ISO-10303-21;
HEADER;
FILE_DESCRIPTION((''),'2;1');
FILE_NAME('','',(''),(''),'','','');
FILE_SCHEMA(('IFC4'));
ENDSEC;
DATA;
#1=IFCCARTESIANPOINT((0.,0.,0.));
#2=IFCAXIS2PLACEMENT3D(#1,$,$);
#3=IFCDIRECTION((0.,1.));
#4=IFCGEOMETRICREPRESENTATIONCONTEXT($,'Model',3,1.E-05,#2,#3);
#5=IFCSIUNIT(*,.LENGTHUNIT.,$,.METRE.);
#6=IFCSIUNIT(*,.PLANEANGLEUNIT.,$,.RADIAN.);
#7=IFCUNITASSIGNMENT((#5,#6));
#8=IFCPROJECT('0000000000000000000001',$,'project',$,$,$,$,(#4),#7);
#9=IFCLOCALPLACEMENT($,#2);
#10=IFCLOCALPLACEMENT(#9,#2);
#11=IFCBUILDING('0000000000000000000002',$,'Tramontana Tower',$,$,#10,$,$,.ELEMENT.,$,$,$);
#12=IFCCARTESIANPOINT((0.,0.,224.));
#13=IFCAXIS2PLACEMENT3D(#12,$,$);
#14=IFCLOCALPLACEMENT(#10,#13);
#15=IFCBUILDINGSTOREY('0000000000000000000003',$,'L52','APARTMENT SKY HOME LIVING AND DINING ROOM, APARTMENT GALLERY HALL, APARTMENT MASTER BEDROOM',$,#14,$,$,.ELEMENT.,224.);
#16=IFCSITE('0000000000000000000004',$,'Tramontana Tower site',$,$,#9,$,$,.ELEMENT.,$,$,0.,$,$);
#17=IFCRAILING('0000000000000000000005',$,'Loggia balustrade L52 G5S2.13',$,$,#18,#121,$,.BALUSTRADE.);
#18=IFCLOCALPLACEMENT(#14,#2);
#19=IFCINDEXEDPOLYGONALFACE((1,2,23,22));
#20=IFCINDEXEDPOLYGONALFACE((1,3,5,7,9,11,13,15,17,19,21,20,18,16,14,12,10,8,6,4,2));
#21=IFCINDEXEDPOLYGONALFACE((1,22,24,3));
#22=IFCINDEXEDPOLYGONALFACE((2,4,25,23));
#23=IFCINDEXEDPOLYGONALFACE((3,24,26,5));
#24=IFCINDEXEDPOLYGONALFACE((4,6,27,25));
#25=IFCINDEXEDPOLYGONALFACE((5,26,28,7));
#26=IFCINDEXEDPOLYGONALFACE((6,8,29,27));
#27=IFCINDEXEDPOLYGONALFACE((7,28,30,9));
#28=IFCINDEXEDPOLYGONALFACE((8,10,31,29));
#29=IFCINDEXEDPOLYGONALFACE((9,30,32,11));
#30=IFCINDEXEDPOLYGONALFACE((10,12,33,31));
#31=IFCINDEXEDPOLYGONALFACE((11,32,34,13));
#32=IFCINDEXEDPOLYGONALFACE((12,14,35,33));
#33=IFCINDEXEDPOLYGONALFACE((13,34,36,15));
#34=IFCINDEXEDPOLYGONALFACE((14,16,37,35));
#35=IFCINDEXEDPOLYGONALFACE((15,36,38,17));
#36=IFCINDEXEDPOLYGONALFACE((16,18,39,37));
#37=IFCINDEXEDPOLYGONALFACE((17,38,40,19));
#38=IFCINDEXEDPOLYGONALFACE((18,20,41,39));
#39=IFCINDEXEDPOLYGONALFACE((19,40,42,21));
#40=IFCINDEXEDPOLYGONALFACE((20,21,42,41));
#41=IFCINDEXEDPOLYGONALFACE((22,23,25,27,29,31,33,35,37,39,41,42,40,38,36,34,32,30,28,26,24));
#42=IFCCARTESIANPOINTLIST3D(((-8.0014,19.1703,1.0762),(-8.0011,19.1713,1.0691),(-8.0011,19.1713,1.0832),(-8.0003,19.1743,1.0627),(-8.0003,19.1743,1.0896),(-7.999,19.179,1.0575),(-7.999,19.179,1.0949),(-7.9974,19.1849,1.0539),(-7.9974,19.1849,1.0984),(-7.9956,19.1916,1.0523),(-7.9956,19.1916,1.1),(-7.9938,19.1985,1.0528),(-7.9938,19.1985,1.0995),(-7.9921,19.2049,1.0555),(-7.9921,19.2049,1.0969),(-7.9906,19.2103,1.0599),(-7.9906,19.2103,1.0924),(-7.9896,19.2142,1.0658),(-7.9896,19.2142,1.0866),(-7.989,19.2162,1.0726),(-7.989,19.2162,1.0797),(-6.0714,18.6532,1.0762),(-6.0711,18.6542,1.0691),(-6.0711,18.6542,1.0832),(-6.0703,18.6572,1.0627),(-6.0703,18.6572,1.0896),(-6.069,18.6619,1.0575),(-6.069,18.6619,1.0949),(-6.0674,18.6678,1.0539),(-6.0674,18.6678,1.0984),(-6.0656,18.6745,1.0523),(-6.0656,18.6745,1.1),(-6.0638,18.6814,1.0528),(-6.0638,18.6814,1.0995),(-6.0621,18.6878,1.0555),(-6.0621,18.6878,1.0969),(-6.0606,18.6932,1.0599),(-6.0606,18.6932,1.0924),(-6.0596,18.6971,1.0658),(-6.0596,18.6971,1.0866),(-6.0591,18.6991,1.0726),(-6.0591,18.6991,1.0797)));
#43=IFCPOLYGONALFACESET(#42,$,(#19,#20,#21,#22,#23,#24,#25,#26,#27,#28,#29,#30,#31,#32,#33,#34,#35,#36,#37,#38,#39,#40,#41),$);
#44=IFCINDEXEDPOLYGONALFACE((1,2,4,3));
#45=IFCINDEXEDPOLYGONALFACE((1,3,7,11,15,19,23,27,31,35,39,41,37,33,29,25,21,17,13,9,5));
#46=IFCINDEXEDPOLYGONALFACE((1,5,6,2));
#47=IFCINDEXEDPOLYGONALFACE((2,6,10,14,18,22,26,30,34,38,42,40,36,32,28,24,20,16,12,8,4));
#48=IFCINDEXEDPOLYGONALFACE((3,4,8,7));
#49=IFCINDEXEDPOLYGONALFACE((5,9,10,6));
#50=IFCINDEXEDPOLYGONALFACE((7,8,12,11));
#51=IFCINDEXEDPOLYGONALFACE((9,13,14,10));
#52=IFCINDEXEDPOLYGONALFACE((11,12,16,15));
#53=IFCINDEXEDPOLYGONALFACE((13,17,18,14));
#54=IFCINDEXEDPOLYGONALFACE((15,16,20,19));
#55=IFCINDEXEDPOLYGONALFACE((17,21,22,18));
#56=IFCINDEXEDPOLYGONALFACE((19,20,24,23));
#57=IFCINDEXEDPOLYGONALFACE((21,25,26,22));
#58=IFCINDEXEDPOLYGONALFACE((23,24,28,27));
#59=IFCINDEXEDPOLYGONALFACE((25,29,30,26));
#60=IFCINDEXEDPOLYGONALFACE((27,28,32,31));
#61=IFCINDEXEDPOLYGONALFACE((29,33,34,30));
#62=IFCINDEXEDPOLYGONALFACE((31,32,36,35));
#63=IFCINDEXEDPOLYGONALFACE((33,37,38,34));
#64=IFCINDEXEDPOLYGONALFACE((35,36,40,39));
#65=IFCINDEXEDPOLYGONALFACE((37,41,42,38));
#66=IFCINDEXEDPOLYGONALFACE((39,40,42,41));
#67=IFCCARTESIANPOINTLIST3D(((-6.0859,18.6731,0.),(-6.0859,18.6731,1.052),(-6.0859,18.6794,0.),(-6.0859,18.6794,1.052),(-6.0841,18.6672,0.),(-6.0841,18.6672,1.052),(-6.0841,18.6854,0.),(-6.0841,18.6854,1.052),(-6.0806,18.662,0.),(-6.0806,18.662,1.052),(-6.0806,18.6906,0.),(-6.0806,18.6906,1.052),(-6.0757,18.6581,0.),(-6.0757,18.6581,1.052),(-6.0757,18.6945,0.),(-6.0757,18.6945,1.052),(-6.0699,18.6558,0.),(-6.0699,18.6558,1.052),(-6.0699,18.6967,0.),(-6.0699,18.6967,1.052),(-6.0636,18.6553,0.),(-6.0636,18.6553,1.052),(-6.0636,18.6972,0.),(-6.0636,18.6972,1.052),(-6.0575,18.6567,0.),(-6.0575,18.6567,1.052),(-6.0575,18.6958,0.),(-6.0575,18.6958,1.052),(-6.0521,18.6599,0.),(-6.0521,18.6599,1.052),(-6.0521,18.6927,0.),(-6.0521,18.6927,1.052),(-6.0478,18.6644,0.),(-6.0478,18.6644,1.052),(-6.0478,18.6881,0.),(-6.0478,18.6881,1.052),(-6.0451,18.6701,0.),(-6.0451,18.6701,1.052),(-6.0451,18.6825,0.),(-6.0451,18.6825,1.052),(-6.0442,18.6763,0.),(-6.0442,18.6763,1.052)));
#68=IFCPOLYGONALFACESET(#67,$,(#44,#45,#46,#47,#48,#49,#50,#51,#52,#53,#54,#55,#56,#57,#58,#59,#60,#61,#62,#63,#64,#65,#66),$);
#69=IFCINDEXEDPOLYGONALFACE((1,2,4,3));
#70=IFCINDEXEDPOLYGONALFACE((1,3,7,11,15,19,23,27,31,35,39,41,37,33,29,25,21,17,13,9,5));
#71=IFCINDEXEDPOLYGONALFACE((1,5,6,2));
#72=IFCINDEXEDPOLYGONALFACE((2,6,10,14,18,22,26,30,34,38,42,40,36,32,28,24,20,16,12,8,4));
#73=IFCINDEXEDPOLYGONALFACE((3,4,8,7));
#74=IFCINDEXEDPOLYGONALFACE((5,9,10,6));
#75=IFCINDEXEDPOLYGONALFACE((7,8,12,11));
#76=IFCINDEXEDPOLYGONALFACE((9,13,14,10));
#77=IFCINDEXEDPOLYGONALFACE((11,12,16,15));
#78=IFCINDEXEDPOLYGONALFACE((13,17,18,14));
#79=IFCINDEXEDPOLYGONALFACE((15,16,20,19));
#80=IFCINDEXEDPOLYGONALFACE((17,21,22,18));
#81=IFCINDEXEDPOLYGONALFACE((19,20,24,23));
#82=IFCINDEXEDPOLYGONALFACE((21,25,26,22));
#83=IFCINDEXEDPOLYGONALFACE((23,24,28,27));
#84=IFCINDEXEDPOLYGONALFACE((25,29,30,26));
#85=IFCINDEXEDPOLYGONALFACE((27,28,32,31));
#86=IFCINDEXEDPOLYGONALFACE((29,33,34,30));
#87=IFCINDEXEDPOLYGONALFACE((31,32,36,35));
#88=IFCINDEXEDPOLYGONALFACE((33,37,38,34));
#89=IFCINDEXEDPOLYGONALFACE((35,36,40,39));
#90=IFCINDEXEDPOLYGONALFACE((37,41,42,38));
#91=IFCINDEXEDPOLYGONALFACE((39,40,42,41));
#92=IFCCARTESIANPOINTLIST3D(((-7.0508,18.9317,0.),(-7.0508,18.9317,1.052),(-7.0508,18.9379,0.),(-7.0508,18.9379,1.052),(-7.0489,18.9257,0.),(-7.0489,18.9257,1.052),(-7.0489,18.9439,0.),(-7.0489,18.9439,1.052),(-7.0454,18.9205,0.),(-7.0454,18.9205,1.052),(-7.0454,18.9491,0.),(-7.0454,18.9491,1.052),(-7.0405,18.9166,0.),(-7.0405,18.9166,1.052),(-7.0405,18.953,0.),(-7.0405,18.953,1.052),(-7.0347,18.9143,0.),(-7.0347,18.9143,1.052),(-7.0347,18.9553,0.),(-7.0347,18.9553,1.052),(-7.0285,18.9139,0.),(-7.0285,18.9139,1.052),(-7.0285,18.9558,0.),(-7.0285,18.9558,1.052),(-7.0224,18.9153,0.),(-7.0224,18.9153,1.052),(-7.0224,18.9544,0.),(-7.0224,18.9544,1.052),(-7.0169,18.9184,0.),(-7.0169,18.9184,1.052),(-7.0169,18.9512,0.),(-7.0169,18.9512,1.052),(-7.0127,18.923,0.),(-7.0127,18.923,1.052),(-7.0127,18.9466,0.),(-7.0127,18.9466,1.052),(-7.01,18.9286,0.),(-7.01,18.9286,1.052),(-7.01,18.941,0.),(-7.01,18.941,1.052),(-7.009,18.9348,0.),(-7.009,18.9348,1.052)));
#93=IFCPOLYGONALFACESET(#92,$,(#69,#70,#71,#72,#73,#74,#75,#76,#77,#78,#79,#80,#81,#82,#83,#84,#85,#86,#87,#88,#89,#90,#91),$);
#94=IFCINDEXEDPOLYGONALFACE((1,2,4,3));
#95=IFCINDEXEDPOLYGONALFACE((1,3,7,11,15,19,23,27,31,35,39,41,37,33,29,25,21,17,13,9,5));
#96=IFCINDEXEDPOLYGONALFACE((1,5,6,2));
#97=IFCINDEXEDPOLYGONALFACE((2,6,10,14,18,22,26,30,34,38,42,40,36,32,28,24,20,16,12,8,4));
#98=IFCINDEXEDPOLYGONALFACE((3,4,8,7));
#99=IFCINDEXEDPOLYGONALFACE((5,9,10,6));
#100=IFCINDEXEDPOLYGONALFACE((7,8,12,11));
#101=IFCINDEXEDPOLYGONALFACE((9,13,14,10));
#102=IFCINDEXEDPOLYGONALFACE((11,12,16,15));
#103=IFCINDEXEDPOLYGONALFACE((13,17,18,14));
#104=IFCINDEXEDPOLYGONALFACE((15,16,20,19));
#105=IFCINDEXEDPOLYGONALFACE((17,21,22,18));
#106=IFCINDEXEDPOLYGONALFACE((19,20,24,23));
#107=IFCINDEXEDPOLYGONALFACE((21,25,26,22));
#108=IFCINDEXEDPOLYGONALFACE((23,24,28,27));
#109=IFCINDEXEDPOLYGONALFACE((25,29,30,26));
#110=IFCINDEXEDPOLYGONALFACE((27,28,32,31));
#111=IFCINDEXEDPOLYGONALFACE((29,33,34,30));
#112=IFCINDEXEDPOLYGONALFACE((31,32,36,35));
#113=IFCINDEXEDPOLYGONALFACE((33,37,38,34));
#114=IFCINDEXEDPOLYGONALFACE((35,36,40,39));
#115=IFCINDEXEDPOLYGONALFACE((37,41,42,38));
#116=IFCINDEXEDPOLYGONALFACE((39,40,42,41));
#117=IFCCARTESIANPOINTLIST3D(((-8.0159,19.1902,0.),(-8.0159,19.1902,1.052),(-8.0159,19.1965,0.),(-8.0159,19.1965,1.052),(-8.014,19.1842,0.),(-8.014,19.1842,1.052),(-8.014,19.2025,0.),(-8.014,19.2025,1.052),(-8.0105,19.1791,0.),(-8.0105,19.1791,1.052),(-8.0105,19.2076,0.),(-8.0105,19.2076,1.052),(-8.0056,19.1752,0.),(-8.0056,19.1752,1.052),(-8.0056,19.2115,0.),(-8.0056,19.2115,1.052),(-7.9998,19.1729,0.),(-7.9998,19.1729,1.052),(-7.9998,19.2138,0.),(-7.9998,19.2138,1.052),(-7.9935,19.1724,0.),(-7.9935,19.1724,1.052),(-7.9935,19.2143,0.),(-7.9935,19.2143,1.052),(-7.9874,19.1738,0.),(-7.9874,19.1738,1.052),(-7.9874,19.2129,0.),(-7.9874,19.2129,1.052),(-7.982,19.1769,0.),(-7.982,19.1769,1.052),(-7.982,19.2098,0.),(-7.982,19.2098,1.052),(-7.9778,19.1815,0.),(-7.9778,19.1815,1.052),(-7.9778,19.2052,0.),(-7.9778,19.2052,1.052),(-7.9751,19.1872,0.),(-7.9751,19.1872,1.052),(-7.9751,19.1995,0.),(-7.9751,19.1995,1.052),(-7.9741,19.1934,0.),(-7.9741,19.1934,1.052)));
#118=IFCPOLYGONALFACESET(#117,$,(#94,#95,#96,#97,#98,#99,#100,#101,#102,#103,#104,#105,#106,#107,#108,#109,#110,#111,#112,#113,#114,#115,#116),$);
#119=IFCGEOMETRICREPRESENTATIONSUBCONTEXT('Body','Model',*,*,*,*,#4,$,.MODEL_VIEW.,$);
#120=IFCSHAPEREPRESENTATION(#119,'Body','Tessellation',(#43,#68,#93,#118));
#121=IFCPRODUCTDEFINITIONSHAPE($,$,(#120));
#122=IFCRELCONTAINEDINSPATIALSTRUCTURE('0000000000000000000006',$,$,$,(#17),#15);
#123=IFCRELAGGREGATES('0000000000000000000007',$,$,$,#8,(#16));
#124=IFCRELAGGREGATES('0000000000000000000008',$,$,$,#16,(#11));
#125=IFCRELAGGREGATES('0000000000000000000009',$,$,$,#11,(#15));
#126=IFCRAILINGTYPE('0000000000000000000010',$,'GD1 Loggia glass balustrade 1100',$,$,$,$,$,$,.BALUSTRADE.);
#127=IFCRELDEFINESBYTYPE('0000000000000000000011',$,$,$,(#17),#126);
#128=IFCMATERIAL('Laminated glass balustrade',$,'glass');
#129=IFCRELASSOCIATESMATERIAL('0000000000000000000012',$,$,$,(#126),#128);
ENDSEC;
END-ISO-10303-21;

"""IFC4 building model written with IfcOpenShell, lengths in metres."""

from ifc_helpers import new_model, si_unit, direction, frame, origin, origin_2d, place, context, subcontext, project, spatial, circle, extrude, material, type_object, element, save


model = new_model("IFC4")

# Units and contexts
model_context = context("Model", 3, precision=1e-05, world=origin(), true_north=direction((0.0, 1.0)))
body_context = subcontext(model_context, "Body", "Model", "MODEL_VIEW")
ifc_project = project(units=[si_unit("LENGTHUNIT", "METRE"), si_unit("PLANEANGLEUNIT", "RADIAN")], contexts=[model_context])

# Site, building, storey
site_placement = place(None, origin())
site = spatial("IfcSite", under=ifc_project, at=site_placement, Name="Tramontana Tower site", CompositionType="ELEMENT", RefElevation=0.0)
building_placement = place(site_placement, origin())
building = spatial("IfcBuilding", under=site, at=building_placement, Name="Tramontana Tower", CompositionType="ELEMENT")
storey_placement = place(building_placement, frame((0.0, 0.0, 224.0)))
storey = spatial("IfcBuildingStorey", under=building, at=storey_placement, Name="L52", Description="APARTMENT SKY HOME LIVING AND DINING ROOM, APARTMENT GALLERY HALL, APARTMENT MASTER BEDROOM", CompositionType="ELEMENT", Elevation=224.0)

# Railing
ifc_material_1 = material(Name="Laminated glass balustrade", Category="glass")
railing_type = type_object("IfcRailingType", Name="GD1 Loggia glass balustrade 1100", PredefinedType="BALUSTRADE", material=ifc_material_1)
railing_placement = place(storey_placement, frame((-6.0652, 18.6763, 0.0)))
element("IfcRailing", 1, at=railing_placement, inside=storey, type_object=railing_type, Name="Loggia balustrade L52 G5S2.13", PredefinedType="BALUSTRADE", context=body_context, shape_type="SweptSolid", body=[
    extrude(circle(Radius=0.0239, at=origin_2d()), frame((0.0, 0.0, 1.0762), z_axis=(-0.96593, 0.258803, 0.0), x_axis=(-0.258803, -0.96593, 0.0)), (0.0, 0.0, 1.0), 1.998),
    extrude(circle(Radius=0.021, at=origin_2d()), origin(), (0.0, 0.0, 1.0), 1.052),
    extrude(circle(Radius=0.021, at=origin_2d()), frame((-0.9648, 0.2585, 0.0)), (0.0, 0.0, 1.0), 1.052),
    extrude(circle(Radius=0.021, at=origin_2d()), frame((-1.9299, 0.5171, 0.0)), (0.0, 0.0, 1.0), 1.052),
])

save(model, "model.ifc")
